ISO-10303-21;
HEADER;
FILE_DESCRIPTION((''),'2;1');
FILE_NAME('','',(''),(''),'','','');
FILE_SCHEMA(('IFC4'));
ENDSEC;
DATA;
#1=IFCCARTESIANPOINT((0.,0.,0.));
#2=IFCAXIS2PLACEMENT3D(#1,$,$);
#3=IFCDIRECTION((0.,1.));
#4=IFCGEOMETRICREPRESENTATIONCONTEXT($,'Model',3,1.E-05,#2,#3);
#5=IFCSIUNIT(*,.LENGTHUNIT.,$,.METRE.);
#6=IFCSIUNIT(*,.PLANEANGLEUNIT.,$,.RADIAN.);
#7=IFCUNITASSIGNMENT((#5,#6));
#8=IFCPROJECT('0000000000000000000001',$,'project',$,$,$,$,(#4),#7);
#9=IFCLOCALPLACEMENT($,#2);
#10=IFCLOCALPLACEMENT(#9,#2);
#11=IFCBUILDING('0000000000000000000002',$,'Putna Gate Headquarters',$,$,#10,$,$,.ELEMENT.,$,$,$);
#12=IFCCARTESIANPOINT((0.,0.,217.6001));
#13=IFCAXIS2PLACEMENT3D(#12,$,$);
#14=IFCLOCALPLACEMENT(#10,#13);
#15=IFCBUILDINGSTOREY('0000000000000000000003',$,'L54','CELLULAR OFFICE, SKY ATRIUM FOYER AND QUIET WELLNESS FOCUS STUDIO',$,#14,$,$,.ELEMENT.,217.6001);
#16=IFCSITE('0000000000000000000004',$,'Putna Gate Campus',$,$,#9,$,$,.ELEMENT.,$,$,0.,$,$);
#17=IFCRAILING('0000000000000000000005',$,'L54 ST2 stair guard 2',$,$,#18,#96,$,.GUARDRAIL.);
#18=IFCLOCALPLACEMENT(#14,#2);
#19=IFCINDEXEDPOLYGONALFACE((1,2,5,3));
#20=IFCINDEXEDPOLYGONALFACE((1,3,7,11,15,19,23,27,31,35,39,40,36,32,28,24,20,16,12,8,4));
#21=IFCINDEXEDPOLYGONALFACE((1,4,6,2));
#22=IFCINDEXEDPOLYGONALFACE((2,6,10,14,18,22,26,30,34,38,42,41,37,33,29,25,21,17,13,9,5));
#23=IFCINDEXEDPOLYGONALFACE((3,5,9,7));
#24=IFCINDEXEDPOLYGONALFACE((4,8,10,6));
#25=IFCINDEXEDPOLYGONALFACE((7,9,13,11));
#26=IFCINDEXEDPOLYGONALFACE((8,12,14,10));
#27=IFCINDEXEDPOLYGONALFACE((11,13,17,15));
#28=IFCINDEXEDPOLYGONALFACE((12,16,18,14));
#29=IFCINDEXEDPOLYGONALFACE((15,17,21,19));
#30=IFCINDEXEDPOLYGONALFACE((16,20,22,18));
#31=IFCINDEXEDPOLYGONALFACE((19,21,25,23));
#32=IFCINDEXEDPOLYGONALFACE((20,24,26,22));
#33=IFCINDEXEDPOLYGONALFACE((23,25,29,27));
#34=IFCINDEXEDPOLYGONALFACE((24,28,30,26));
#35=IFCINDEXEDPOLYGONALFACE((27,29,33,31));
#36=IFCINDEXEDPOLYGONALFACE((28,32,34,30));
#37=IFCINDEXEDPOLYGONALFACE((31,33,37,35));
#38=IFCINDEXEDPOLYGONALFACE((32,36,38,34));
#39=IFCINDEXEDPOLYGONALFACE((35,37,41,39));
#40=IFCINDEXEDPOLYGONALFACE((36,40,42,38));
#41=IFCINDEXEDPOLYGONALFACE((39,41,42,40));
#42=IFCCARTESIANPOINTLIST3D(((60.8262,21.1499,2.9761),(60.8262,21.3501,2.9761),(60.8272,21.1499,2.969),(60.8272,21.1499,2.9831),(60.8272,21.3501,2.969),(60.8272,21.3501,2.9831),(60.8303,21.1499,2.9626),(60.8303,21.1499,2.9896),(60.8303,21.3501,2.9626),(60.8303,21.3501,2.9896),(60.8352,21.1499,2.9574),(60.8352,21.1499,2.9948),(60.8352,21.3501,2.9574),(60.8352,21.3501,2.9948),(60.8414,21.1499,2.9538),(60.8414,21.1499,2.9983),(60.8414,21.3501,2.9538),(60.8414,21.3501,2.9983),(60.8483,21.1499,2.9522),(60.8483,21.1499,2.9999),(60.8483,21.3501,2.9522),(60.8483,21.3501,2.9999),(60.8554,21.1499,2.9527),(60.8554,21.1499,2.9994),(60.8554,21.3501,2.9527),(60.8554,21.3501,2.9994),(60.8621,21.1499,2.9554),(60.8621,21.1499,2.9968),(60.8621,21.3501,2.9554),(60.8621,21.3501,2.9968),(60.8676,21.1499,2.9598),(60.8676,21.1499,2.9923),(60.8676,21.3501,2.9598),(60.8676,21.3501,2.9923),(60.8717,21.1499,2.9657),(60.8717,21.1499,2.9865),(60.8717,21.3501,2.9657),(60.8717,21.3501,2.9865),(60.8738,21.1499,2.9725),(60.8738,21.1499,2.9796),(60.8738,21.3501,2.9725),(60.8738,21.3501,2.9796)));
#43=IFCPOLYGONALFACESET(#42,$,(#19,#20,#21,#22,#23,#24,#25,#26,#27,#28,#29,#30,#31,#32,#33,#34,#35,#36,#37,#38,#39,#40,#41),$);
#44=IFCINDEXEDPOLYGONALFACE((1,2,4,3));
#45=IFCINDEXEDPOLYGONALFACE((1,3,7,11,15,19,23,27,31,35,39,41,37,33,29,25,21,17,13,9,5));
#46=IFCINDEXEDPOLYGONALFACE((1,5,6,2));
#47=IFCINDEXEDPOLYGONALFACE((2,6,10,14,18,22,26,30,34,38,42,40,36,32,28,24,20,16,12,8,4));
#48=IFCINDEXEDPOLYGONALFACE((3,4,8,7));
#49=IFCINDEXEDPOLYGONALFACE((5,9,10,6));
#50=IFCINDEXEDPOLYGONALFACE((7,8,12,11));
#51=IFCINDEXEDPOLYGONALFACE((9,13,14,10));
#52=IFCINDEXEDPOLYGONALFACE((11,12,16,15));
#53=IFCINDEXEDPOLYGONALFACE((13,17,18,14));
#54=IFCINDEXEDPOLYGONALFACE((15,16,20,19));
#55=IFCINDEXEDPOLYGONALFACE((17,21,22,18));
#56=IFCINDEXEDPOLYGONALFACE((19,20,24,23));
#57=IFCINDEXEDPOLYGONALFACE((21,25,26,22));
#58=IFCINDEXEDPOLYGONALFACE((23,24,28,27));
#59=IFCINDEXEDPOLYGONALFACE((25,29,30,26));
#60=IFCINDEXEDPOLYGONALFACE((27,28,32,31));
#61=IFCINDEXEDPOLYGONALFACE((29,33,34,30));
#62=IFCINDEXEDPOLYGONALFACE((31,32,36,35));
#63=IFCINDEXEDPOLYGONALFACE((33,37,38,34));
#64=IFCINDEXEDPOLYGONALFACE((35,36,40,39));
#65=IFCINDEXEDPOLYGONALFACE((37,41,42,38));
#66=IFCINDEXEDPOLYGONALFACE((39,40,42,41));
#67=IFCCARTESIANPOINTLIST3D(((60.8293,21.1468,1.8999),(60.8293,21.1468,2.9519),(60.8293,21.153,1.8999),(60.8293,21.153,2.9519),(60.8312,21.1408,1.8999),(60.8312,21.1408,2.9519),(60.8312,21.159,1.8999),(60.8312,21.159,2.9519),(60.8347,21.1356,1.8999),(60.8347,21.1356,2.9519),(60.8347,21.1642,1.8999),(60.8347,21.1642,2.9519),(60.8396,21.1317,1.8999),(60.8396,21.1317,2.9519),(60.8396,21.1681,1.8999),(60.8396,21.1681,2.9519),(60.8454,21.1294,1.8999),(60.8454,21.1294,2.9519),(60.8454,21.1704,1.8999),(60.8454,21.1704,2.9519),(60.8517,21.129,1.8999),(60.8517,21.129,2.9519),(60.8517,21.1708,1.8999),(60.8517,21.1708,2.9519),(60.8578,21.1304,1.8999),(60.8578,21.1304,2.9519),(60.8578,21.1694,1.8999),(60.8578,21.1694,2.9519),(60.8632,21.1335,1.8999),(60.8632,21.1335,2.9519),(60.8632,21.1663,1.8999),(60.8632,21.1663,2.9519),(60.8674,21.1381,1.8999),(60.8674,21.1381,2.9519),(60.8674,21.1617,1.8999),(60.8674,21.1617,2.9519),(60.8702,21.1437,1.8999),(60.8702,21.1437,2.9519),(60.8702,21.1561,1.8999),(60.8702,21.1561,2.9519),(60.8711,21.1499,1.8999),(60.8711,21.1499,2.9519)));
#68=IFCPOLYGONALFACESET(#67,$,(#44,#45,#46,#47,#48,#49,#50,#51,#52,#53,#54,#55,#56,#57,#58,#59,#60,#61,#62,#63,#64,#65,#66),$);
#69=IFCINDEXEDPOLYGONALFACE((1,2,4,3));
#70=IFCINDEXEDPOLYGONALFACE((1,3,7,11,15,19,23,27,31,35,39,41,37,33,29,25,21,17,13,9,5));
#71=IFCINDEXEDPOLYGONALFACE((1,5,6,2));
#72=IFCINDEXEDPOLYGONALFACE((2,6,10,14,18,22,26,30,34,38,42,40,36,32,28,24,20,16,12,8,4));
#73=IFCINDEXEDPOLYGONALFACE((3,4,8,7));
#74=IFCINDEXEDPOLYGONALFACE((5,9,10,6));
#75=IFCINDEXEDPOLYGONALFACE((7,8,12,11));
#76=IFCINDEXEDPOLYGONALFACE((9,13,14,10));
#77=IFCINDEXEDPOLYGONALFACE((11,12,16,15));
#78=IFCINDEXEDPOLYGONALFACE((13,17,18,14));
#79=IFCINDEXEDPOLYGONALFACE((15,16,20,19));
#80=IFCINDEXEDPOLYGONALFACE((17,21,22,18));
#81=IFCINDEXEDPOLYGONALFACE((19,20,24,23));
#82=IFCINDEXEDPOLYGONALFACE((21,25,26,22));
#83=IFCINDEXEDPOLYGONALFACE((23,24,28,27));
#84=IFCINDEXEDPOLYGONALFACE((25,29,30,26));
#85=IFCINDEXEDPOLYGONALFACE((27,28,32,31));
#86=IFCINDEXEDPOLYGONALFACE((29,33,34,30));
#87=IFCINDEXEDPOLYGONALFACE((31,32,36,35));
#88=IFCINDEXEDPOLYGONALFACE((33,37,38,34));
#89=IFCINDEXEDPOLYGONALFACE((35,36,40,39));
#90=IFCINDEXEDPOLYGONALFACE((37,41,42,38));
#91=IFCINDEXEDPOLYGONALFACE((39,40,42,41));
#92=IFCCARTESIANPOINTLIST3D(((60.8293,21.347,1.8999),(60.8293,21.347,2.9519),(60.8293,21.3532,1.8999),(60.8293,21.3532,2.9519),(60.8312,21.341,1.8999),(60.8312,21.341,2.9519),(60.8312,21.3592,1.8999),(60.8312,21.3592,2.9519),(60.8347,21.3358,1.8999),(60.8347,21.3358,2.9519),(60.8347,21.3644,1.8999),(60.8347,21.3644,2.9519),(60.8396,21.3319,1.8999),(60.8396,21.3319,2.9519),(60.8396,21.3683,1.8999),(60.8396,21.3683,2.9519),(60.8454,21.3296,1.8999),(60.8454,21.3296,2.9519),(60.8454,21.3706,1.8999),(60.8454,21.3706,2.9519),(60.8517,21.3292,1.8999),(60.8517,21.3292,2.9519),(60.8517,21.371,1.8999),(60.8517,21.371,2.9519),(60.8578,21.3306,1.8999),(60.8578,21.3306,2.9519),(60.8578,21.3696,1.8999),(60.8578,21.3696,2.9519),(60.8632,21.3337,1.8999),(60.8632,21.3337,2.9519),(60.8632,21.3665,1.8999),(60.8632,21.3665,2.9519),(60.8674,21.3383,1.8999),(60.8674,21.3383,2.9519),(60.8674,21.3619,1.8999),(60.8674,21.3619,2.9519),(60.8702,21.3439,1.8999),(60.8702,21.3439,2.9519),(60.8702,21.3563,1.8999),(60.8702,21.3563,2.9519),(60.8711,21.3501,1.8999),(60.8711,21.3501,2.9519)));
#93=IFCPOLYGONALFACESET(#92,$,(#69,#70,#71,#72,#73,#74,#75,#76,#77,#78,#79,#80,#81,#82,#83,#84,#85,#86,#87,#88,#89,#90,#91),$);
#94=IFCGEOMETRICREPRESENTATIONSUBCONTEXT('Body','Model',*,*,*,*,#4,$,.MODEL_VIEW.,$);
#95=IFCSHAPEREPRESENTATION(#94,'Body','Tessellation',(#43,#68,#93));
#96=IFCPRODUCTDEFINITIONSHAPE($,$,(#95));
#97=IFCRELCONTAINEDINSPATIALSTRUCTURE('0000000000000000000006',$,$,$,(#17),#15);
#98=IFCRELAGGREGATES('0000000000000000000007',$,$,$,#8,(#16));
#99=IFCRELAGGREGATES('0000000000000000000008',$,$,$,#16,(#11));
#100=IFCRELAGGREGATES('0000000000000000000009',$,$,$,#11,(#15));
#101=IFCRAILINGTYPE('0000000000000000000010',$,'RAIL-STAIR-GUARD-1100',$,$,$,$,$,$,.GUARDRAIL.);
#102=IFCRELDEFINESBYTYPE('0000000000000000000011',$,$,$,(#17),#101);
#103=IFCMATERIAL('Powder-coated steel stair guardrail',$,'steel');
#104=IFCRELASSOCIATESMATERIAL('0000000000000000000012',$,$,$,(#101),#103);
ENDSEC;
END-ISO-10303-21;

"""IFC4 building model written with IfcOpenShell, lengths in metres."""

from ifc_helpers import new_model, si_unit, direction, frame, origin, origin_2d, place, context, subcontext, project, spatial, circle, extrude, material, type_object, element, save


model = new_model("IFC4")

# Units and contexts
model_context = context("Model", 3, precision=1e-05, world=origin(), true_north=direction((0.0, 1.0)))
body_context = subcontext(model_context, "Body", "Model", "MODEL_VIEW")
ifc_project = project(units=[si_unit("LENGTHUNIT", "METRE"), si_unit("PLANEANGLEUNIT", "RADIAN")], contexts=[model_context])

# Site, building, storey
site_placement = place(None, origin())
site = spatial("IfcSite", under=ifc_project, at=site_placement, Name="Putna Gate Campus", CompositionType="ELEMENT", RefElevation=0.0)
building_placement = place(site_placement, origin())
building = spatial("IfcBuilding", under=site, at=building_placement, Name="Putna Gate Headquarters", CompositionType="ELEMENT")
storey_placement = place(building_placement, frame((0.0, 0.0, 217.6001)))
storey = spatial("IfcBuildingStorey", under=building, at=storey_placement, Name="L54", Description="CELLULAR OFFICE, SKY ATRIUM FOYER AND QUIET WELLNESS FOCUS STUDIO", CompositionType="ELEMENT", Elevation=217.6001)

# Railing
ifc_material_1 = material(Name="Powder-coated steel stair guardrail", Category="steel")
railing_type_1 = type_object("IfcRailingType", Name="RAIL-STAIR-GUARD-1100", PredefinedType="GUARDRAIL", material=ifc_material_1)
railing_1_placement = place(storey_placement, frame((60.8501, 21.1499, 1.8999)))
element("IfcRailing", 1, at=railing_1_placement, inside=storey, type_object=railing_type_1, Name="L54 ST2 stair guard 2", PredefinedType="GUARDRAIL", context=body_context, shape_type="SweptSolid", body=[
    extrude(circle(Radius=0.0239, at=origin_2d()), frame((0.0, 0.0, 1.0762), z_axis=(0.0, 1.0, 0.0), x_axis=(-1.0, 0.0, 0.0)), (0.0, 0.0, 1.0), 0.2002),
    extrude(circle(Radius=0.021, at=origin_2d()), origin(), (0.0, 0.0, 1.0), 1.052),
    extrude(circle(Radius=0.021, at=origin_2d()), frame((0.0, 0.2002, 0.0)), (0.0, 0.0, 1.0), 1.052),
])

save(model, "model.ifc")
